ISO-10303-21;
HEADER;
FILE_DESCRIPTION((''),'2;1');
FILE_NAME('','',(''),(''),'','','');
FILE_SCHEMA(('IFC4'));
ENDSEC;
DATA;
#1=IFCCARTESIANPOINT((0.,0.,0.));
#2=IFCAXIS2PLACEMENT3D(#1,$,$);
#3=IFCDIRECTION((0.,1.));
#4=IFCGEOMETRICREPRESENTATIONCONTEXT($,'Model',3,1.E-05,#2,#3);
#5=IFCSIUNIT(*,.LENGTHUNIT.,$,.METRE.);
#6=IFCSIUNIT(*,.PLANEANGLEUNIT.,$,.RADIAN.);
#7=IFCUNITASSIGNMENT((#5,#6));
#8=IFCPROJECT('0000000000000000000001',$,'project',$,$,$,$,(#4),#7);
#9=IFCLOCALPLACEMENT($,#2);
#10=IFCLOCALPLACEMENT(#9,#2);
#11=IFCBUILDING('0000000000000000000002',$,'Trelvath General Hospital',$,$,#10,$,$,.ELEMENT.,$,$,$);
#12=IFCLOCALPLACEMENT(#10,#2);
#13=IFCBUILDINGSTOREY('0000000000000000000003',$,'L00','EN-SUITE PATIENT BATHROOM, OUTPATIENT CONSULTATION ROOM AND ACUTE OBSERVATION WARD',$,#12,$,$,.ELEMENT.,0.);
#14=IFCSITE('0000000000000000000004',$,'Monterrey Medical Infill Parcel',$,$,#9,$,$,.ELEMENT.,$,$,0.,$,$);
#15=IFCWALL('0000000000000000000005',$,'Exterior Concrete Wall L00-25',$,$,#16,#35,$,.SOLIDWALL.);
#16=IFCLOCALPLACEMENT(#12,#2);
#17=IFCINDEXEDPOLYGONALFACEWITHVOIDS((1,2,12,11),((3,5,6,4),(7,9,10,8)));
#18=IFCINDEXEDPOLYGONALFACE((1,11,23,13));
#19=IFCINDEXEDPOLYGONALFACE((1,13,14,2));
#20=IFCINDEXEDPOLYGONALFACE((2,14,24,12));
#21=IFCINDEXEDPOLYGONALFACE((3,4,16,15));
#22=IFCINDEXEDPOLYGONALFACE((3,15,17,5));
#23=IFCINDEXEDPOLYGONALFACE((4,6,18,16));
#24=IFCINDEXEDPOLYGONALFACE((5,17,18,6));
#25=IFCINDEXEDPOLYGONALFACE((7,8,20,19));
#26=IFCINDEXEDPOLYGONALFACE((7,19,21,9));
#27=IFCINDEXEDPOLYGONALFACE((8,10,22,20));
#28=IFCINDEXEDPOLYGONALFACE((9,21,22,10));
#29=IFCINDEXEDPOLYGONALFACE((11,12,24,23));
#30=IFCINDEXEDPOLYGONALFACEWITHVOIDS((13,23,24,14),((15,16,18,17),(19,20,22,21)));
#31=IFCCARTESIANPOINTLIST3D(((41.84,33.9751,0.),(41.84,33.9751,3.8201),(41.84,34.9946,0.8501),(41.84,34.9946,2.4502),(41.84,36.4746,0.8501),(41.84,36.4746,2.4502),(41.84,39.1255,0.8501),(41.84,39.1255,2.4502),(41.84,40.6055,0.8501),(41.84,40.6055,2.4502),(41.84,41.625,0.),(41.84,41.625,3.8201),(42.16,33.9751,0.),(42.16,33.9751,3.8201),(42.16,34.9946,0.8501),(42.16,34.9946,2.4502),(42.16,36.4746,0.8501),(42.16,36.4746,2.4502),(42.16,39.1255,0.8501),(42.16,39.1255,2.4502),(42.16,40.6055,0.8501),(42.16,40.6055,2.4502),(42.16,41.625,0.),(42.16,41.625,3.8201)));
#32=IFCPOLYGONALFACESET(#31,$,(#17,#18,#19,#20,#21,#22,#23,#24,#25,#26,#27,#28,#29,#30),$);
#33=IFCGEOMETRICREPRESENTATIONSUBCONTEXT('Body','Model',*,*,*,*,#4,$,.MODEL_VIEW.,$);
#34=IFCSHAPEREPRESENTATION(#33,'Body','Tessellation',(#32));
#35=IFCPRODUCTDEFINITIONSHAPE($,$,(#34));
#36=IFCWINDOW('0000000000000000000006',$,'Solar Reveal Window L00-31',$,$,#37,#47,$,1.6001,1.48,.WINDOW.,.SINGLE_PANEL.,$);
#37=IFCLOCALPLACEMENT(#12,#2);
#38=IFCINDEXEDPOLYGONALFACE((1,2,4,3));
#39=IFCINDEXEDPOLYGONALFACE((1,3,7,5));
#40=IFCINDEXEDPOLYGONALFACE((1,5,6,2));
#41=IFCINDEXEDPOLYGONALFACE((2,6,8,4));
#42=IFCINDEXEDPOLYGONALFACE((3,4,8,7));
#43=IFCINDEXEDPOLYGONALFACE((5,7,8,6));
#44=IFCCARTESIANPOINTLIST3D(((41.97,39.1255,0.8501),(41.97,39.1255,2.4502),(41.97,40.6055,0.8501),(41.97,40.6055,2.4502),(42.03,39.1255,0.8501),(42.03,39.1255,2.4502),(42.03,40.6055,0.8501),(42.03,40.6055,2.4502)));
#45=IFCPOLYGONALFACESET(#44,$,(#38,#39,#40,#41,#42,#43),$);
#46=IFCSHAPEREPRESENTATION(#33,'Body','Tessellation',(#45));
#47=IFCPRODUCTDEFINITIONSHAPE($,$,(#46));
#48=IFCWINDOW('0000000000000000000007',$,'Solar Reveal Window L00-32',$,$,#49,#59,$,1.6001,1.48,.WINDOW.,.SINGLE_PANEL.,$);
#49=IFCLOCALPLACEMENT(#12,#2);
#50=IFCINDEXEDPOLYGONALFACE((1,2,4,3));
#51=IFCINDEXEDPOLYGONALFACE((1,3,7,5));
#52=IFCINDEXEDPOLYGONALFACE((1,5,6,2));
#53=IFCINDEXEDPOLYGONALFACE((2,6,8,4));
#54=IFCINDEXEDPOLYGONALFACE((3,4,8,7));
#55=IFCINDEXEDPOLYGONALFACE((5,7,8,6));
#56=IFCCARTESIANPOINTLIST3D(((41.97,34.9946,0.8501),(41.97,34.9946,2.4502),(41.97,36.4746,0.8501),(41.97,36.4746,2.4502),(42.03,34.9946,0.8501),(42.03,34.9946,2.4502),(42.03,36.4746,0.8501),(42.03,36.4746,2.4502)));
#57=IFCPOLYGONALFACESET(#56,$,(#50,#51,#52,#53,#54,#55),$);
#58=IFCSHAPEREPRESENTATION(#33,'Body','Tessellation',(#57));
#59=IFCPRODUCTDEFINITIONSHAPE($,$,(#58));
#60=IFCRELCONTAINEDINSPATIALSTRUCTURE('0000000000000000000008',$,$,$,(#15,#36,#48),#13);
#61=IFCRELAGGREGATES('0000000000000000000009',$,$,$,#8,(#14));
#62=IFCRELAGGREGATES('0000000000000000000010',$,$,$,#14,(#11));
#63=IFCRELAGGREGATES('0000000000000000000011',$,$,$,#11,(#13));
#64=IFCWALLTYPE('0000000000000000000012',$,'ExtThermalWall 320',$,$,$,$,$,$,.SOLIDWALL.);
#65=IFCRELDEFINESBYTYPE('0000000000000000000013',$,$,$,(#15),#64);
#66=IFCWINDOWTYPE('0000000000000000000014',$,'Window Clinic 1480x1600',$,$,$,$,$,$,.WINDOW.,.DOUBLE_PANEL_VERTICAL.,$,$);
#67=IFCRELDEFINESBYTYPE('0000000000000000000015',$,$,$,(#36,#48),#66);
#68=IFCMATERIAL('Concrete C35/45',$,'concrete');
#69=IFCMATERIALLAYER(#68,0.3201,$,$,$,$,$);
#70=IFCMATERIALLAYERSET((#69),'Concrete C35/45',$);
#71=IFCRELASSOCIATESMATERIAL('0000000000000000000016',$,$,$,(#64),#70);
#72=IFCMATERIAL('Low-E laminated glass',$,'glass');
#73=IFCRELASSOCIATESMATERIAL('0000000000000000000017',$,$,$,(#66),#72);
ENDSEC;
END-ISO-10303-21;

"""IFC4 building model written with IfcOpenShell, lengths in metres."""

from ifc_helpers import new_model, si_unit, direction, frame, frame_2d, origin, place, context, subcontext, project, spatial, rectangle, extrude, material, layer, layer_set, type_object, element, fill, save


model = new_model("IFC4")

# Units and contexts
model_context = context("Model", 3, precision=1e-05, world=origin(), true_north=direction((0.0, 1.0)))
body_context = subcontext(model_context, "Body", "Model", "MODEL_VIEW")
ifc_project = project(units=[si_unit("LENGTHUNIT", "METRE"), si_unit("PLANEANGLEUNIT", "RADIAN")], contexts=[model_context])

# Site, building, storey
site_placement = place(None, origin())
site = spatial("IfcSite", under=ifc_project, at=site_placement, Name="Monterrey Medical Infill Parcel", CompositionType="ELEMENT", RefElevation=0.0)
building_placement = place(site_placement, origin())
building = spatial("IfcBuilding", under=site, at=building_placement, Name="Trelvath General Hospital", CompositionType="ELEMENT")
storey_placement = place(building_placement, origin())
storey = spatial("IfcBuildingStorey", under=building, at=storey_placement, Name="L00", Description="EN-SUITE PATIENT BATHROOM, OUTPATIENT CONSULTATION ROOM AND ACUTE OBSERVATION WARD", CompositionType="ELEMENT", Elevation=0.0)

# Wall, openings, windows
ifc_material_1 = material(Name="Concrete C35/45", Category="concrete")
ifc_layer_1 = layer(ifc_material_1, 0.3201)
ifc_layer_set_1 = layer_set([ifc_layer_1], Name="Concrete C35/45")
wall_type = type_object("IfcWallType", Name="ExtThermalWall 320", PredefinedType="SOLIDWALL", material=ifc_layer_set_1)
wall_placement = place(storey_placement, frame((42.0, 41.625, 0.0), z_axis=(0.0, 0.0, 1.0), x_axis=(0.0, -1.0, 0.0)))
wall = element("IfcWall", 1, at=wall_placement, inside=storey, type_object=wall_type, Name="Exterior Concrete Wall L00-25", PredefinedType="SOLIDWALL", context=body_context, shape_type="SweptSolid", body=[
    extrude(rectangle(XDim=7.6499, YDim=0.3201, at=frame_2d((3.825, 0.0))), origin(), (0.0, 0.0, 1.0), 3.8201),
])
opening_1_placement = place(wall_placement, frame((1.0195, 0.0, 0.8501)))
opening_1 = element("IfcOpeningElement", 2, at=opening_1_placement, cuts=wall, PredefinedType="OPENING", context=body_context, shape_type="SweptSolid", body=[
    extrude(rectangle(XDim=1.48, YDim=1.6001, at=frame_2d((0.74, 0.8))), frame((0.0, 0.1699, 0.0), z_axis=(0.0, -1.0, 0.0), x_axis=(1.0, 0.0, 0.0)), (0.0, 0.0, 1.0), 0.3401),
])
opening_2_placement = place(wall_placement, frame((5.1504, 0.0, 0.8501)))
opening_2 = element("IfcOpeningElement", 3, at=opening_2_placement, cuts=wall, PredefinedType="OPENING", context=body_context, shape_type="SweptSolid", body=[
    extrude(rectangle(XDim=1.48, YDim=1.6001, at=frame_2d((0.74, 0.8))), frame((0.0, 0.1699, 0.0), z_axis=(0.0, -1.0, 0.0), x_axis=(1.0, 0.0, 0.0)), (0.0, 0.0, 1.0), 0.3401),
])
ifc_material_2 = material(Name="Low-E laminated glass", Category="glass")
window_type = type_object("IfcWindowType", Name="Window Clinic 1480x1600", PartitioningType="DOUBLE_PANEL_VERTICAL", PredefinedType="WINDOW", material=ifc_material_2)
window_1_placement = place(opening_1_placement, origin())
window_1 = element("IfcWindow", 4, at=window_1_placement, inside=storey, type_object=window_type, Name="Solar Reveal Window L00-31", OverallHeight=1.6001, OverallWidth=1.48, PartitioningType="SINGLE_PANEL", PredefinedType="WINDOW", context=body_context, shape_type="SweptSolid", body=[
    extrude(rectangle(XDim=1.48, YDim=1.6001, at=frame_2d((0.74, 0.8))), frame((0.0, 0.03, 0.0), z_axis=(0.0, -1.0, 0.0), x_axis=(1.0, 0.0, 0.0)), (0.0, 0.0, 1.0), 0.0601),
])
fill(opening_1, window_1)
window_2_placement = place(opening_2_placement, origin())
window_2 = element("IfcWindow", 5, at=window_2_placement, inside=storey, type_object=window_type, Name="Solar Reveal Window L00-32", OverallHeight=1.6001, OverallWidth=1.48, PartitioningType="SINGLE_PANEL", PredefinedType="WINDOW", context=body_context, shape_type="SweptSolid", body=[
    extrude(rectangle(XDim=1.48, YDim=1.6001, at=frame_2d((0.74, 0.8))), frame((0.0, 0.03, 0.0), z_axis=(0.0, -1.0, 0.0), x_axis=(1.0, 0.0, 0.0)), (0.0, 0.0, 1.0), 0.0601),
])
fill(opening_2, window_2)

save(model, "model.ifc")
